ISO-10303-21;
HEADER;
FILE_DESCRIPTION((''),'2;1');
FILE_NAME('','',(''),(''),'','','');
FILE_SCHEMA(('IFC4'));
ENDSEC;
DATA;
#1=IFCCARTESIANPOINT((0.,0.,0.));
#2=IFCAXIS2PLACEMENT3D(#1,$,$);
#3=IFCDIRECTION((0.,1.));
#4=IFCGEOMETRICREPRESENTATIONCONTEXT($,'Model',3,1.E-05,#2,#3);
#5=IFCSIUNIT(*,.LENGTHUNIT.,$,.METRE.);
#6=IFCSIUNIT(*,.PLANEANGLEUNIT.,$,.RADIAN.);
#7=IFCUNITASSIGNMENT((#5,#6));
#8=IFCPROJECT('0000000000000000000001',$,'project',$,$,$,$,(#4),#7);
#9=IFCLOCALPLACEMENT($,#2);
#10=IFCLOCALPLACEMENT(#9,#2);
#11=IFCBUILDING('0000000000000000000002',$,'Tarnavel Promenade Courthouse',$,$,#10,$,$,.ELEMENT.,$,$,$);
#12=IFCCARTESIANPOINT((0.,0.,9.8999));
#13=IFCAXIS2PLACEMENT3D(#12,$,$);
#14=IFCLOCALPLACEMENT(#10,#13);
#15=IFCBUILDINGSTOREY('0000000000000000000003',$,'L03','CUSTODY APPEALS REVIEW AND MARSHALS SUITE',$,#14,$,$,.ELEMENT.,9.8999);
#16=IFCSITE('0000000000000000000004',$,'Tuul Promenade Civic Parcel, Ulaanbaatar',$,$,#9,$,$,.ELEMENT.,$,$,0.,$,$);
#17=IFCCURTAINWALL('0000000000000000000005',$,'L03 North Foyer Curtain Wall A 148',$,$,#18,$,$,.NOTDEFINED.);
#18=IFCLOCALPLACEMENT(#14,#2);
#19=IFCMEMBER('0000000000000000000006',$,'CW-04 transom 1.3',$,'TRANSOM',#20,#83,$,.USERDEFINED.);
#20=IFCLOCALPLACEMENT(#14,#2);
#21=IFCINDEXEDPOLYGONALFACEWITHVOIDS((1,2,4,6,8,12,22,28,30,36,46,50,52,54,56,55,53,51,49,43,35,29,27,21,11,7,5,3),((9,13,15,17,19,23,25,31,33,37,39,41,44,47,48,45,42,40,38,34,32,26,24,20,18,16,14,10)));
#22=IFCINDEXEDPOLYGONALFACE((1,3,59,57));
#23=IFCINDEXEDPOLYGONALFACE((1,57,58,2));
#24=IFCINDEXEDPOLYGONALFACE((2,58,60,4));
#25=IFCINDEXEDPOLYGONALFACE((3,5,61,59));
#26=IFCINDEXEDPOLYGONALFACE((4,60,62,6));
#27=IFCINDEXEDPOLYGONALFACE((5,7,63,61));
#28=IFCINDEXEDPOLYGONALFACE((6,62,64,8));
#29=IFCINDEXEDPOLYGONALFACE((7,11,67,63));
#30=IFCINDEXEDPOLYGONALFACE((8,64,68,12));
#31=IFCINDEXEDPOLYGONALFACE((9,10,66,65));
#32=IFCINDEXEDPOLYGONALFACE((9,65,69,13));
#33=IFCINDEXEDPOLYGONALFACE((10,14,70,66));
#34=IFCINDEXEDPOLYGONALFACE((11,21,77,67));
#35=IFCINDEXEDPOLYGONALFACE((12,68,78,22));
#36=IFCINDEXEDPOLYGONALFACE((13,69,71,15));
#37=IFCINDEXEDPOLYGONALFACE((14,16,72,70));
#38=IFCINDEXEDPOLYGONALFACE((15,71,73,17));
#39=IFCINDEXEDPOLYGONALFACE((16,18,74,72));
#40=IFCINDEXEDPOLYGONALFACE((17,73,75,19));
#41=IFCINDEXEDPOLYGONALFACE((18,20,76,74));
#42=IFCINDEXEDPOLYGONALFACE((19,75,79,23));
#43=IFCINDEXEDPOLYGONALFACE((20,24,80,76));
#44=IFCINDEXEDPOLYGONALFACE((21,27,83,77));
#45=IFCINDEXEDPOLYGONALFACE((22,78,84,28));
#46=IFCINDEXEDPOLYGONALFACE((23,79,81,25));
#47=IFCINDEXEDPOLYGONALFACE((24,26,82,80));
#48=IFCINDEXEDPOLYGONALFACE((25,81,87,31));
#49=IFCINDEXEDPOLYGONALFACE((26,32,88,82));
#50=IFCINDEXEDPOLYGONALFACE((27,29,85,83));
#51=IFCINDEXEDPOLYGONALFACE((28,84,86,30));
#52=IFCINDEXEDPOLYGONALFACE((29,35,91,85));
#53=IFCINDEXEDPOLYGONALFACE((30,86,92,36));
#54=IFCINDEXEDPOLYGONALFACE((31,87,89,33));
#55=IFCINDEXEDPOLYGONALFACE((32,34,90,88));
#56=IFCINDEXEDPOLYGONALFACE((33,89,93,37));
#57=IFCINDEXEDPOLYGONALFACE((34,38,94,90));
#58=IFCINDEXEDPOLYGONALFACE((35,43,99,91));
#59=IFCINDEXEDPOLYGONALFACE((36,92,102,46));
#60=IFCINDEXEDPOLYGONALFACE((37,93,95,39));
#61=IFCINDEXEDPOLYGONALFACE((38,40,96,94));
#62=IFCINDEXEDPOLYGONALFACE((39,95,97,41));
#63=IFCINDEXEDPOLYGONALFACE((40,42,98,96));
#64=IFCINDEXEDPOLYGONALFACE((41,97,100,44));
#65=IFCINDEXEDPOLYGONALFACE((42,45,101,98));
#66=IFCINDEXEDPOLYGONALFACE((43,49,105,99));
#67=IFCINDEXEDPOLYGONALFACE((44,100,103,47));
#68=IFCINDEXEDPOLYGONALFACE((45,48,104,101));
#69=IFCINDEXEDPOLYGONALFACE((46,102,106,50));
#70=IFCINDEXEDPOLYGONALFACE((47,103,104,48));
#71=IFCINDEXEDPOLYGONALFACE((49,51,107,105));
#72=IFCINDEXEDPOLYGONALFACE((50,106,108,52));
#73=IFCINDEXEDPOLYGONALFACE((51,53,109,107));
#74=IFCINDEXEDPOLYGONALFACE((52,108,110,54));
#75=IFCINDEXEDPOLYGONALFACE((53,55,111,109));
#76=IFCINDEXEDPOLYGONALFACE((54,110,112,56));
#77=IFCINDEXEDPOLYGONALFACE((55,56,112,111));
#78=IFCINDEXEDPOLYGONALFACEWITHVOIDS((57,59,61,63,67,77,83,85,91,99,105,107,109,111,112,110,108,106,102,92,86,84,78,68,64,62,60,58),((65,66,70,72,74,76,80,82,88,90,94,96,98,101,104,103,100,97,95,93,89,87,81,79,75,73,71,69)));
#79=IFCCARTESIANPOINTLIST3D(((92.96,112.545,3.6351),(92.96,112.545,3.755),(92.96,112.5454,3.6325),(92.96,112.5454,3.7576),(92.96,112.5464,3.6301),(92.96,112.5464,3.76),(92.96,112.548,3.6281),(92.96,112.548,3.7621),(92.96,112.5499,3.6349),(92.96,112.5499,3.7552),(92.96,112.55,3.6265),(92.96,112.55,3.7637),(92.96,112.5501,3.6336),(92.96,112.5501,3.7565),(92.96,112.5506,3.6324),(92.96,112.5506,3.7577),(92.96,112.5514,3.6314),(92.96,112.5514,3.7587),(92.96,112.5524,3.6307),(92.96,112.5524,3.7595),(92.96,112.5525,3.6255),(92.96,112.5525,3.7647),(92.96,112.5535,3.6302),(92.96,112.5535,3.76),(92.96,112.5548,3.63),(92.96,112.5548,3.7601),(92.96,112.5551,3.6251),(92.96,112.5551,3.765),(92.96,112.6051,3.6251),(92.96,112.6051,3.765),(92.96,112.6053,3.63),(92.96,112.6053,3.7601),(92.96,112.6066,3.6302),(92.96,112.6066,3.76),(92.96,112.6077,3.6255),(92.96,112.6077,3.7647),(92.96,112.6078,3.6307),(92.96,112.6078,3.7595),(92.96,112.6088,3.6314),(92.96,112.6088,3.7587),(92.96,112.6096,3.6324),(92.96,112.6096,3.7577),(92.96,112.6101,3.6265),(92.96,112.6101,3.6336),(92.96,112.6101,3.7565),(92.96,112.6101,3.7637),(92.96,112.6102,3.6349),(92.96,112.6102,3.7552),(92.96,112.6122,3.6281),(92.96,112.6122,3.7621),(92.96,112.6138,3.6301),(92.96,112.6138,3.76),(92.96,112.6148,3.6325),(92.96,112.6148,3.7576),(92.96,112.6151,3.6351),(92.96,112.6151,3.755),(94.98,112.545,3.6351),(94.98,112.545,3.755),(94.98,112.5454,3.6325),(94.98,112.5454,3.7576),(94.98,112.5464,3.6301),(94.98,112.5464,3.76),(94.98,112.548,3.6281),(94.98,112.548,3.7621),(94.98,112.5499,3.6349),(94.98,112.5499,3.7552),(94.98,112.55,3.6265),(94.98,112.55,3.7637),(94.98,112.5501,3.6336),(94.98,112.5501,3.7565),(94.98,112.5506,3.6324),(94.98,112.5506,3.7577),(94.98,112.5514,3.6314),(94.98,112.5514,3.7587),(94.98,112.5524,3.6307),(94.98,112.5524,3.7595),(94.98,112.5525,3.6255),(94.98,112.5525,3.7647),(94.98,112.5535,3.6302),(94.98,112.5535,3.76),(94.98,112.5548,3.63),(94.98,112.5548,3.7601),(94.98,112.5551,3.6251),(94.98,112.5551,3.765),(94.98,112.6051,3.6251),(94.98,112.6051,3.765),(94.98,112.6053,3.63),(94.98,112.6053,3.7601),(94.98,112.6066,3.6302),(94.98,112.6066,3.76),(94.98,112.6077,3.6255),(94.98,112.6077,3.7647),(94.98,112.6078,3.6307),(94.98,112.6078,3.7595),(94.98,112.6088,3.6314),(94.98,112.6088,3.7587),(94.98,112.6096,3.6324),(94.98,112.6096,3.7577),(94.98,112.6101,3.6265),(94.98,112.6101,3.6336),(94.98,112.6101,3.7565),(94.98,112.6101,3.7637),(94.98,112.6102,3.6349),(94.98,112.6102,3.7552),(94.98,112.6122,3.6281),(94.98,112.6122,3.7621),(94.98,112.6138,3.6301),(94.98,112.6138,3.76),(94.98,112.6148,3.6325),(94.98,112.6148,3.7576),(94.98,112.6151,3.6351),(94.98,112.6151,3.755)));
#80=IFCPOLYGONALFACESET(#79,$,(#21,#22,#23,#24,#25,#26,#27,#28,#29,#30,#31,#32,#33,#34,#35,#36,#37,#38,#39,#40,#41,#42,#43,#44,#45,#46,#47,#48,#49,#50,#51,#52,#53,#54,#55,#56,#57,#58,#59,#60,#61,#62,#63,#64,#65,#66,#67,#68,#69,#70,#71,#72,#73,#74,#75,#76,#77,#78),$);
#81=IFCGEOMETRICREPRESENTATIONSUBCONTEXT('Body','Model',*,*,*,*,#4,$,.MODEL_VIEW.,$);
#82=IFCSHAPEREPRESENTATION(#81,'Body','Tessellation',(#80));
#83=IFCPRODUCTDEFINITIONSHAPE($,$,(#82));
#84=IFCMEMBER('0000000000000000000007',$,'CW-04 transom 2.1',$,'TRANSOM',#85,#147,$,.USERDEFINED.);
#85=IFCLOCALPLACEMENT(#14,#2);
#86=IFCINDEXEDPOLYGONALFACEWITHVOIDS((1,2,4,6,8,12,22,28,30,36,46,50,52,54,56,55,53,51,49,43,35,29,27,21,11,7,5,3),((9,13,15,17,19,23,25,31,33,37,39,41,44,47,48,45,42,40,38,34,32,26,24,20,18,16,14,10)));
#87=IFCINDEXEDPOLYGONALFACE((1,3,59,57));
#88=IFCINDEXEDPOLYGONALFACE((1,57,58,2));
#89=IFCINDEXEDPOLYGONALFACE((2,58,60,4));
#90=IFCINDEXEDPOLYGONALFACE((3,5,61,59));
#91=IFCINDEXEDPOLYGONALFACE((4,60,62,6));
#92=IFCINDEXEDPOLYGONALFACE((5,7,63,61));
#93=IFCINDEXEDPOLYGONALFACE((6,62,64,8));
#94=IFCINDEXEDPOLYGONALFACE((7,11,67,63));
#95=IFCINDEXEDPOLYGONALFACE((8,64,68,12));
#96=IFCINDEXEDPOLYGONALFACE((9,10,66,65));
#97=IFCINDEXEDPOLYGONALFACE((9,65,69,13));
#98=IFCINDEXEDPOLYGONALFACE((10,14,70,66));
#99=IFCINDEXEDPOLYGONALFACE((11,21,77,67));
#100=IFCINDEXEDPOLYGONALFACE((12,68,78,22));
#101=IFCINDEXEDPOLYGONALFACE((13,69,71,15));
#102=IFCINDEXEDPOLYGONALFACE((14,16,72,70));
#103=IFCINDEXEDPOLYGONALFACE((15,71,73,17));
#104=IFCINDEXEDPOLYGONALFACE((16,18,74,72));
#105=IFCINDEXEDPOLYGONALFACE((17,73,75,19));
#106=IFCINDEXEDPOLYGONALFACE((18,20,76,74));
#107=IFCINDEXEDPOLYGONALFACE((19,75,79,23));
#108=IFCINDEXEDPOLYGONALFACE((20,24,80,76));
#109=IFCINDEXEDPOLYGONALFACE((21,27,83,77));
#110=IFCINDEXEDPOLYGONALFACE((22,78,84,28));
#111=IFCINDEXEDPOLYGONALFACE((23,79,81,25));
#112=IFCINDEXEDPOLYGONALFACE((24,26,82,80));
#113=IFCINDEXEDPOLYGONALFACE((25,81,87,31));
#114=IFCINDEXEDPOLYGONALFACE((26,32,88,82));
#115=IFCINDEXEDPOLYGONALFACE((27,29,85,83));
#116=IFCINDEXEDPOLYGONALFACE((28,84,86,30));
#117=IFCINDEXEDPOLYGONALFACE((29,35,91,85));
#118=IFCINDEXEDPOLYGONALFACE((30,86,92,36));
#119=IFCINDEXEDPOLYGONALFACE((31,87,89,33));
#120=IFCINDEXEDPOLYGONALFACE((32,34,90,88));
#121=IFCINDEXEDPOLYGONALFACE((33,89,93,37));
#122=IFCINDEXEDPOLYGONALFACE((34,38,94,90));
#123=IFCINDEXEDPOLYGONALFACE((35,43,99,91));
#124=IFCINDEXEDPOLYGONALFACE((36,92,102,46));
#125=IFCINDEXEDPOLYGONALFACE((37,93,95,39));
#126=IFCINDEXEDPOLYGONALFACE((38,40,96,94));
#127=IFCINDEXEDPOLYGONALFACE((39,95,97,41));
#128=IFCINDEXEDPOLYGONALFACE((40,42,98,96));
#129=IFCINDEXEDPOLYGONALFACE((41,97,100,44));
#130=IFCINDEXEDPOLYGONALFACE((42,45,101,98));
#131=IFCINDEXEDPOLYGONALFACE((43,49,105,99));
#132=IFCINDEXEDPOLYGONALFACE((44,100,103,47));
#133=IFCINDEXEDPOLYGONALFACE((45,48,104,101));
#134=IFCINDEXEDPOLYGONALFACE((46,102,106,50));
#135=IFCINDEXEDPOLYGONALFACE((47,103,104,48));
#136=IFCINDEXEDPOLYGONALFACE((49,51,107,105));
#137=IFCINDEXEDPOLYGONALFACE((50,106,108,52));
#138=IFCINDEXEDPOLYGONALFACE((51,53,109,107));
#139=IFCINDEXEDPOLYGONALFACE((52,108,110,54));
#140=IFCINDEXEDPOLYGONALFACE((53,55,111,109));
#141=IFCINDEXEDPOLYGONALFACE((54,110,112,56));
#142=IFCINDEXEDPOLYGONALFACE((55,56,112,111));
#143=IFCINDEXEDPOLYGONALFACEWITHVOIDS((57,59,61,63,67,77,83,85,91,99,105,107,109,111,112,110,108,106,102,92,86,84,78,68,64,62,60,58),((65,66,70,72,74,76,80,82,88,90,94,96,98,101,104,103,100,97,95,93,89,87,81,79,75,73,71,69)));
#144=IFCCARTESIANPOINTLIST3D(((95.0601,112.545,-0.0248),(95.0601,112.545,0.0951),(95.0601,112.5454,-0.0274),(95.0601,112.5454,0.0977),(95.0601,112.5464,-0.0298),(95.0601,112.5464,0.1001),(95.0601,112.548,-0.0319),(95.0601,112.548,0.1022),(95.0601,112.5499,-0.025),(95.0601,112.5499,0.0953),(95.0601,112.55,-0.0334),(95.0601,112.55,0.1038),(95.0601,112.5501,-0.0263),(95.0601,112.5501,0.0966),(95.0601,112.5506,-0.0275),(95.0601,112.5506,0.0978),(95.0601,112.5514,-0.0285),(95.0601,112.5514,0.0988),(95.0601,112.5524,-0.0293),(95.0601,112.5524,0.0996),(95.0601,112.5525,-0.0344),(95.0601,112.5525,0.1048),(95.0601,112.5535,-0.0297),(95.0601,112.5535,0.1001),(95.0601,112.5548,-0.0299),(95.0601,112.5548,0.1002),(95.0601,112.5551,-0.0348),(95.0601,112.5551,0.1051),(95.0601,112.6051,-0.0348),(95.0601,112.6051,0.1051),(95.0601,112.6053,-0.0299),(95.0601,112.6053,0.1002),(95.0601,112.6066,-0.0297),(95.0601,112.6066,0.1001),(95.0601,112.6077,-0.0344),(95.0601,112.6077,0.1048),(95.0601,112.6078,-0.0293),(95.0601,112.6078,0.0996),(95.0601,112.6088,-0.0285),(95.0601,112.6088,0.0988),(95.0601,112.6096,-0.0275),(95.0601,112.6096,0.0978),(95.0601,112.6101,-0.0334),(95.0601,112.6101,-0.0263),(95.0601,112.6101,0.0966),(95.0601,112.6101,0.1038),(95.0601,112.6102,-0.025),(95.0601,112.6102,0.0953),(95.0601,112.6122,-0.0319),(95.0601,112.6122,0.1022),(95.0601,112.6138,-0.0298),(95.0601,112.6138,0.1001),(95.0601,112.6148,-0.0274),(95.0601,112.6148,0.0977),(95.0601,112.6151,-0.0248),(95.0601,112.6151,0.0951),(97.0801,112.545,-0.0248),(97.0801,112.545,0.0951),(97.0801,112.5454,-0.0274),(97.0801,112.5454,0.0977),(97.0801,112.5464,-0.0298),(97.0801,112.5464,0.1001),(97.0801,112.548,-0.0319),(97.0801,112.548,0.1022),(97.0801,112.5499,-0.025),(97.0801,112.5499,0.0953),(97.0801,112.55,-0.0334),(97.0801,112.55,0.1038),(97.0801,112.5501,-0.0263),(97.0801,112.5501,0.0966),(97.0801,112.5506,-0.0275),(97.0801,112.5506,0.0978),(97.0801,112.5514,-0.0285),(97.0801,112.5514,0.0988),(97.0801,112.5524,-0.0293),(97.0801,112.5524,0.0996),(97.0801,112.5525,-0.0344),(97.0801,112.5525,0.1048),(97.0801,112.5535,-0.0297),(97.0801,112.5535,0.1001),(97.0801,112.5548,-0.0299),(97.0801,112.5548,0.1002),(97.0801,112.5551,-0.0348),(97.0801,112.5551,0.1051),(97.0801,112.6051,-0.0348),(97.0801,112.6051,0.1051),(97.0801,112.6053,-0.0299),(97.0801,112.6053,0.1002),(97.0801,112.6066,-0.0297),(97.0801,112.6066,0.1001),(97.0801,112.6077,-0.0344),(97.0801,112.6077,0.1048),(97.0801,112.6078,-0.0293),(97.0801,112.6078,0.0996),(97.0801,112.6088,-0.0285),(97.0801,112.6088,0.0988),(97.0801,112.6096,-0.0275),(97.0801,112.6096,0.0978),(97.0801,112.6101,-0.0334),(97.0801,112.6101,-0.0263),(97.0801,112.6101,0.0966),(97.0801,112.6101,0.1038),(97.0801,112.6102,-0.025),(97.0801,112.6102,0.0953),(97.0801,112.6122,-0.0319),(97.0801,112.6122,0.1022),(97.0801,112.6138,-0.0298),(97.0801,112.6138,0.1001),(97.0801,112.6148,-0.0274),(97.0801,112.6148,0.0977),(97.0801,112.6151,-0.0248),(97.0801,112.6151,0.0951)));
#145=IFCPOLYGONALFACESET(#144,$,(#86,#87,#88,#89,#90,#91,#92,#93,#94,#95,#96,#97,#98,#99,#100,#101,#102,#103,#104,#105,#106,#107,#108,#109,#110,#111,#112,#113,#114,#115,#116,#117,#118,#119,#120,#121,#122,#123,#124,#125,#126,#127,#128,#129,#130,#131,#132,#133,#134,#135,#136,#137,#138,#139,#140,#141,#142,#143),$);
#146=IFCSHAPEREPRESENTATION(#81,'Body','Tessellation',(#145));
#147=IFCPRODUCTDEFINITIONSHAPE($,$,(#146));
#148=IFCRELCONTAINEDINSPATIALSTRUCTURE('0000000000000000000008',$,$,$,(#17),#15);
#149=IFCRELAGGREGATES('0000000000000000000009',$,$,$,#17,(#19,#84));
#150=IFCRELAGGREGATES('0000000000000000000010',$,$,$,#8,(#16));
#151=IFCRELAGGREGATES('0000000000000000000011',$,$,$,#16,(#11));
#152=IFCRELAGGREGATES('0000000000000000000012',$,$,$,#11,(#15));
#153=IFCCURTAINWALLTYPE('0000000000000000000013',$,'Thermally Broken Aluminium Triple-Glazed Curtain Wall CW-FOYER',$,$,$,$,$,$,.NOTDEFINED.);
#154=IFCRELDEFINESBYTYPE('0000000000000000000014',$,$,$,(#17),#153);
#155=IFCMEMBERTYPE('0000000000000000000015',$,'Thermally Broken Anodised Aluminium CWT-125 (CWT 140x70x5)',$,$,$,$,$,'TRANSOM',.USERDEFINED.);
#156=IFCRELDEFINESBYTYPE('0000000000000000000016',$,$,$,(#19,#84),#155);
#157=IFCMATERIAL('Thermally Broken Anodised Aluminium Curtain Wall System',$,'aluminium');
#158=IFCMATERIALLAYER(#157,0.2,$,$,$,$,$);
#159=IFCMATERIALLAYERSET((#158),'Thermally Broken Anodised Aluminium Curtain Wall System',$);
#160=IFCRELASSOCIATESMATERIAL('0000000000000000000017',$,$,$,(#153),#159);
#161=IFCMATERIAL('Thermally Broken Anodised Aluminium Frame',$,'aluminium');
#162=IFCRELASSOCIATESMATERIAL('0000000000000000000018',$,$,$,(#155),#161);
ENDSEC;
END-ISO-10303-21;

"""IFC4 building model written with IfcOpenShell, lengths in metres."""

from ifc_helpers import new_model, si_unit, direction, frame, origin, origin_2d, place, context, subcontext, project, spatial, hollow_rectangle, extrude, material, layer, layer_set, material_profile, profile_set, type_object, element, aggregate, save


model = new_model("IFC4")

# Units and contexts
model_context = context("Model", 3, precision=1e-05, world=origin(), true_north=direction((0.0, 1.0)))
body_context = subcontext(model_context, "Body", "Model", "MODEL_VIEW")
ifc_project = project(units=[si_unit("LENGTHUNIT", "METRE"), si_unit("PLANEANGLEUNIT", "RADIAN")], contexts=[model_context])

# Site, building, storey
site_placement = place(None, origin())
site = spatial("IfcSite", under=ifc_project, at=site_placement, Name="Tuul Promenade Civic Parcel, Ulaanbaatar", CompositionType="ELEMENT", RefElevation=0.0)
building_placement = place(site_placement, origin())
building = spatial("IfcBuilding", under=site, at=building_placement, Name="Tarnavel Promenade Courthouse", CompositionType="ELEMENT")
storey_placement = place(building_placement, frame((0.0, 0.0, 9.8999)))
storey = spatial("IfcBuildingStorey", under=building, at=storey_placement, Name="L03", Description="CUSTODY APPEALS REVIEW AND MARSHALS SUITE", CompositionType="ELEMENT", Elevation=9.8999)

# Shared definitions
ifc_material_1 = material(Name="Thermally Broken Anodised Aluminium Curtain Wall System", Category="aluminium")
ifc_layer_1 = layer(ifc_material_1, 0.2)
ifc_layer_set_1 = layer_set([ifc_layer_1], Name="Thermally Broken Anodised Aluminium Curtain Wall System")
curtain_wall_type = type_object("IfcCurtainWallType", Name="Thermally Broken Aluminium Triple-Glazed Curtain Wall CW-FOYER", PredefinedType="NOTDEFINED", material=ifc_layer_set_1)
ifc_material_2 = material(Name="Thermally Broken Anodised Aluminium Frame", Category="aluminium")

# Curtain wall
curtain_wall_1_placement = place(storey_placement, origin())
curtain_wall_1 = element("IfcCurtainWall", 1, at=curtain_wall_1_placement, inside=storey, type_object=curtain_wall_type, Name="L03 North Foyer Curtain Wall A 148", PredefinedType="NOTDEFINED")

# Members
ifc_material_profile_1 = material_profile(ifc_material_2, hollow_rectangle(XDim=0.0701, YDim=0.1399, WallThickness=0.0049, InnerFilletRadius=0.0049, OuterFilletRadius=0.01, at=origin_2d()), Name="CWT 140x70x5")
ifc_profile_set_1 = profile_set([ifc_material_profile_1], Name="Thermally Broken Anodised Aluminium Frame")
member_type_1 = type_object("IfcMemberType", Name="Thermally Broken Anodised Aluminium CWT-125 (CWT 140x70x5)", ElementType="TRANSOM", PredefinedType="USERDEFINED", material=ifc_profile_set_1)
member_1_placement = place(storey_placement, frame((92.96, 112.5801, 3.6951), z_axis=(1.0, 0.0, 0.0), x_axis=(0.0, 1.0, 0.0)))
member_1 = element("IfcMember", 2, at=member_1_placement, type_object=member_type_1, Name="CW-04 transom 1.3", ObjectType="TRANSOM", PredefinedType="USERDEFINED", context=body_context, shape_type="SweptSolid", body=[
    extrude(hollow_rectangle(XDim=0.0701, YDim=0.1399, WallThickness=0.0049, InnerFilletRadius=0.0049, OuterFilletRadius=0.01, at=origin_2d()), origin(), (0.0, 0.0, 1.0), 2.02),
])
member_2_placement = place(storey_placement, frame((95.0601, 112.5801, 0.0352), z_axis=(1.0, 0.0, 0.0), x_axis=(0.0, 1.0, 0.0)))
member_2 = element("IfcMember", 3, at=member_2_placement, type_object=member_type_1, Name="CW-04 transom 2.1", ObjectType="TRANSOM", PredefinedType="USERDEFINED", context=body_context, shape_type="SweptSolid", body=[
    extrude(hollow_rectangle(XDim=0.0701, YDim=0.1399, WallThickness=0.0049, InnerFilletRadius=0.0049, OuterFilletRadius=0.01, at=origin_2d()), origin(), (0.0, 0.0, 1.0), 2.02),
])

aggregate(curtain_wall_1, [member_1, member_2])

save(model, "model.ifc")
